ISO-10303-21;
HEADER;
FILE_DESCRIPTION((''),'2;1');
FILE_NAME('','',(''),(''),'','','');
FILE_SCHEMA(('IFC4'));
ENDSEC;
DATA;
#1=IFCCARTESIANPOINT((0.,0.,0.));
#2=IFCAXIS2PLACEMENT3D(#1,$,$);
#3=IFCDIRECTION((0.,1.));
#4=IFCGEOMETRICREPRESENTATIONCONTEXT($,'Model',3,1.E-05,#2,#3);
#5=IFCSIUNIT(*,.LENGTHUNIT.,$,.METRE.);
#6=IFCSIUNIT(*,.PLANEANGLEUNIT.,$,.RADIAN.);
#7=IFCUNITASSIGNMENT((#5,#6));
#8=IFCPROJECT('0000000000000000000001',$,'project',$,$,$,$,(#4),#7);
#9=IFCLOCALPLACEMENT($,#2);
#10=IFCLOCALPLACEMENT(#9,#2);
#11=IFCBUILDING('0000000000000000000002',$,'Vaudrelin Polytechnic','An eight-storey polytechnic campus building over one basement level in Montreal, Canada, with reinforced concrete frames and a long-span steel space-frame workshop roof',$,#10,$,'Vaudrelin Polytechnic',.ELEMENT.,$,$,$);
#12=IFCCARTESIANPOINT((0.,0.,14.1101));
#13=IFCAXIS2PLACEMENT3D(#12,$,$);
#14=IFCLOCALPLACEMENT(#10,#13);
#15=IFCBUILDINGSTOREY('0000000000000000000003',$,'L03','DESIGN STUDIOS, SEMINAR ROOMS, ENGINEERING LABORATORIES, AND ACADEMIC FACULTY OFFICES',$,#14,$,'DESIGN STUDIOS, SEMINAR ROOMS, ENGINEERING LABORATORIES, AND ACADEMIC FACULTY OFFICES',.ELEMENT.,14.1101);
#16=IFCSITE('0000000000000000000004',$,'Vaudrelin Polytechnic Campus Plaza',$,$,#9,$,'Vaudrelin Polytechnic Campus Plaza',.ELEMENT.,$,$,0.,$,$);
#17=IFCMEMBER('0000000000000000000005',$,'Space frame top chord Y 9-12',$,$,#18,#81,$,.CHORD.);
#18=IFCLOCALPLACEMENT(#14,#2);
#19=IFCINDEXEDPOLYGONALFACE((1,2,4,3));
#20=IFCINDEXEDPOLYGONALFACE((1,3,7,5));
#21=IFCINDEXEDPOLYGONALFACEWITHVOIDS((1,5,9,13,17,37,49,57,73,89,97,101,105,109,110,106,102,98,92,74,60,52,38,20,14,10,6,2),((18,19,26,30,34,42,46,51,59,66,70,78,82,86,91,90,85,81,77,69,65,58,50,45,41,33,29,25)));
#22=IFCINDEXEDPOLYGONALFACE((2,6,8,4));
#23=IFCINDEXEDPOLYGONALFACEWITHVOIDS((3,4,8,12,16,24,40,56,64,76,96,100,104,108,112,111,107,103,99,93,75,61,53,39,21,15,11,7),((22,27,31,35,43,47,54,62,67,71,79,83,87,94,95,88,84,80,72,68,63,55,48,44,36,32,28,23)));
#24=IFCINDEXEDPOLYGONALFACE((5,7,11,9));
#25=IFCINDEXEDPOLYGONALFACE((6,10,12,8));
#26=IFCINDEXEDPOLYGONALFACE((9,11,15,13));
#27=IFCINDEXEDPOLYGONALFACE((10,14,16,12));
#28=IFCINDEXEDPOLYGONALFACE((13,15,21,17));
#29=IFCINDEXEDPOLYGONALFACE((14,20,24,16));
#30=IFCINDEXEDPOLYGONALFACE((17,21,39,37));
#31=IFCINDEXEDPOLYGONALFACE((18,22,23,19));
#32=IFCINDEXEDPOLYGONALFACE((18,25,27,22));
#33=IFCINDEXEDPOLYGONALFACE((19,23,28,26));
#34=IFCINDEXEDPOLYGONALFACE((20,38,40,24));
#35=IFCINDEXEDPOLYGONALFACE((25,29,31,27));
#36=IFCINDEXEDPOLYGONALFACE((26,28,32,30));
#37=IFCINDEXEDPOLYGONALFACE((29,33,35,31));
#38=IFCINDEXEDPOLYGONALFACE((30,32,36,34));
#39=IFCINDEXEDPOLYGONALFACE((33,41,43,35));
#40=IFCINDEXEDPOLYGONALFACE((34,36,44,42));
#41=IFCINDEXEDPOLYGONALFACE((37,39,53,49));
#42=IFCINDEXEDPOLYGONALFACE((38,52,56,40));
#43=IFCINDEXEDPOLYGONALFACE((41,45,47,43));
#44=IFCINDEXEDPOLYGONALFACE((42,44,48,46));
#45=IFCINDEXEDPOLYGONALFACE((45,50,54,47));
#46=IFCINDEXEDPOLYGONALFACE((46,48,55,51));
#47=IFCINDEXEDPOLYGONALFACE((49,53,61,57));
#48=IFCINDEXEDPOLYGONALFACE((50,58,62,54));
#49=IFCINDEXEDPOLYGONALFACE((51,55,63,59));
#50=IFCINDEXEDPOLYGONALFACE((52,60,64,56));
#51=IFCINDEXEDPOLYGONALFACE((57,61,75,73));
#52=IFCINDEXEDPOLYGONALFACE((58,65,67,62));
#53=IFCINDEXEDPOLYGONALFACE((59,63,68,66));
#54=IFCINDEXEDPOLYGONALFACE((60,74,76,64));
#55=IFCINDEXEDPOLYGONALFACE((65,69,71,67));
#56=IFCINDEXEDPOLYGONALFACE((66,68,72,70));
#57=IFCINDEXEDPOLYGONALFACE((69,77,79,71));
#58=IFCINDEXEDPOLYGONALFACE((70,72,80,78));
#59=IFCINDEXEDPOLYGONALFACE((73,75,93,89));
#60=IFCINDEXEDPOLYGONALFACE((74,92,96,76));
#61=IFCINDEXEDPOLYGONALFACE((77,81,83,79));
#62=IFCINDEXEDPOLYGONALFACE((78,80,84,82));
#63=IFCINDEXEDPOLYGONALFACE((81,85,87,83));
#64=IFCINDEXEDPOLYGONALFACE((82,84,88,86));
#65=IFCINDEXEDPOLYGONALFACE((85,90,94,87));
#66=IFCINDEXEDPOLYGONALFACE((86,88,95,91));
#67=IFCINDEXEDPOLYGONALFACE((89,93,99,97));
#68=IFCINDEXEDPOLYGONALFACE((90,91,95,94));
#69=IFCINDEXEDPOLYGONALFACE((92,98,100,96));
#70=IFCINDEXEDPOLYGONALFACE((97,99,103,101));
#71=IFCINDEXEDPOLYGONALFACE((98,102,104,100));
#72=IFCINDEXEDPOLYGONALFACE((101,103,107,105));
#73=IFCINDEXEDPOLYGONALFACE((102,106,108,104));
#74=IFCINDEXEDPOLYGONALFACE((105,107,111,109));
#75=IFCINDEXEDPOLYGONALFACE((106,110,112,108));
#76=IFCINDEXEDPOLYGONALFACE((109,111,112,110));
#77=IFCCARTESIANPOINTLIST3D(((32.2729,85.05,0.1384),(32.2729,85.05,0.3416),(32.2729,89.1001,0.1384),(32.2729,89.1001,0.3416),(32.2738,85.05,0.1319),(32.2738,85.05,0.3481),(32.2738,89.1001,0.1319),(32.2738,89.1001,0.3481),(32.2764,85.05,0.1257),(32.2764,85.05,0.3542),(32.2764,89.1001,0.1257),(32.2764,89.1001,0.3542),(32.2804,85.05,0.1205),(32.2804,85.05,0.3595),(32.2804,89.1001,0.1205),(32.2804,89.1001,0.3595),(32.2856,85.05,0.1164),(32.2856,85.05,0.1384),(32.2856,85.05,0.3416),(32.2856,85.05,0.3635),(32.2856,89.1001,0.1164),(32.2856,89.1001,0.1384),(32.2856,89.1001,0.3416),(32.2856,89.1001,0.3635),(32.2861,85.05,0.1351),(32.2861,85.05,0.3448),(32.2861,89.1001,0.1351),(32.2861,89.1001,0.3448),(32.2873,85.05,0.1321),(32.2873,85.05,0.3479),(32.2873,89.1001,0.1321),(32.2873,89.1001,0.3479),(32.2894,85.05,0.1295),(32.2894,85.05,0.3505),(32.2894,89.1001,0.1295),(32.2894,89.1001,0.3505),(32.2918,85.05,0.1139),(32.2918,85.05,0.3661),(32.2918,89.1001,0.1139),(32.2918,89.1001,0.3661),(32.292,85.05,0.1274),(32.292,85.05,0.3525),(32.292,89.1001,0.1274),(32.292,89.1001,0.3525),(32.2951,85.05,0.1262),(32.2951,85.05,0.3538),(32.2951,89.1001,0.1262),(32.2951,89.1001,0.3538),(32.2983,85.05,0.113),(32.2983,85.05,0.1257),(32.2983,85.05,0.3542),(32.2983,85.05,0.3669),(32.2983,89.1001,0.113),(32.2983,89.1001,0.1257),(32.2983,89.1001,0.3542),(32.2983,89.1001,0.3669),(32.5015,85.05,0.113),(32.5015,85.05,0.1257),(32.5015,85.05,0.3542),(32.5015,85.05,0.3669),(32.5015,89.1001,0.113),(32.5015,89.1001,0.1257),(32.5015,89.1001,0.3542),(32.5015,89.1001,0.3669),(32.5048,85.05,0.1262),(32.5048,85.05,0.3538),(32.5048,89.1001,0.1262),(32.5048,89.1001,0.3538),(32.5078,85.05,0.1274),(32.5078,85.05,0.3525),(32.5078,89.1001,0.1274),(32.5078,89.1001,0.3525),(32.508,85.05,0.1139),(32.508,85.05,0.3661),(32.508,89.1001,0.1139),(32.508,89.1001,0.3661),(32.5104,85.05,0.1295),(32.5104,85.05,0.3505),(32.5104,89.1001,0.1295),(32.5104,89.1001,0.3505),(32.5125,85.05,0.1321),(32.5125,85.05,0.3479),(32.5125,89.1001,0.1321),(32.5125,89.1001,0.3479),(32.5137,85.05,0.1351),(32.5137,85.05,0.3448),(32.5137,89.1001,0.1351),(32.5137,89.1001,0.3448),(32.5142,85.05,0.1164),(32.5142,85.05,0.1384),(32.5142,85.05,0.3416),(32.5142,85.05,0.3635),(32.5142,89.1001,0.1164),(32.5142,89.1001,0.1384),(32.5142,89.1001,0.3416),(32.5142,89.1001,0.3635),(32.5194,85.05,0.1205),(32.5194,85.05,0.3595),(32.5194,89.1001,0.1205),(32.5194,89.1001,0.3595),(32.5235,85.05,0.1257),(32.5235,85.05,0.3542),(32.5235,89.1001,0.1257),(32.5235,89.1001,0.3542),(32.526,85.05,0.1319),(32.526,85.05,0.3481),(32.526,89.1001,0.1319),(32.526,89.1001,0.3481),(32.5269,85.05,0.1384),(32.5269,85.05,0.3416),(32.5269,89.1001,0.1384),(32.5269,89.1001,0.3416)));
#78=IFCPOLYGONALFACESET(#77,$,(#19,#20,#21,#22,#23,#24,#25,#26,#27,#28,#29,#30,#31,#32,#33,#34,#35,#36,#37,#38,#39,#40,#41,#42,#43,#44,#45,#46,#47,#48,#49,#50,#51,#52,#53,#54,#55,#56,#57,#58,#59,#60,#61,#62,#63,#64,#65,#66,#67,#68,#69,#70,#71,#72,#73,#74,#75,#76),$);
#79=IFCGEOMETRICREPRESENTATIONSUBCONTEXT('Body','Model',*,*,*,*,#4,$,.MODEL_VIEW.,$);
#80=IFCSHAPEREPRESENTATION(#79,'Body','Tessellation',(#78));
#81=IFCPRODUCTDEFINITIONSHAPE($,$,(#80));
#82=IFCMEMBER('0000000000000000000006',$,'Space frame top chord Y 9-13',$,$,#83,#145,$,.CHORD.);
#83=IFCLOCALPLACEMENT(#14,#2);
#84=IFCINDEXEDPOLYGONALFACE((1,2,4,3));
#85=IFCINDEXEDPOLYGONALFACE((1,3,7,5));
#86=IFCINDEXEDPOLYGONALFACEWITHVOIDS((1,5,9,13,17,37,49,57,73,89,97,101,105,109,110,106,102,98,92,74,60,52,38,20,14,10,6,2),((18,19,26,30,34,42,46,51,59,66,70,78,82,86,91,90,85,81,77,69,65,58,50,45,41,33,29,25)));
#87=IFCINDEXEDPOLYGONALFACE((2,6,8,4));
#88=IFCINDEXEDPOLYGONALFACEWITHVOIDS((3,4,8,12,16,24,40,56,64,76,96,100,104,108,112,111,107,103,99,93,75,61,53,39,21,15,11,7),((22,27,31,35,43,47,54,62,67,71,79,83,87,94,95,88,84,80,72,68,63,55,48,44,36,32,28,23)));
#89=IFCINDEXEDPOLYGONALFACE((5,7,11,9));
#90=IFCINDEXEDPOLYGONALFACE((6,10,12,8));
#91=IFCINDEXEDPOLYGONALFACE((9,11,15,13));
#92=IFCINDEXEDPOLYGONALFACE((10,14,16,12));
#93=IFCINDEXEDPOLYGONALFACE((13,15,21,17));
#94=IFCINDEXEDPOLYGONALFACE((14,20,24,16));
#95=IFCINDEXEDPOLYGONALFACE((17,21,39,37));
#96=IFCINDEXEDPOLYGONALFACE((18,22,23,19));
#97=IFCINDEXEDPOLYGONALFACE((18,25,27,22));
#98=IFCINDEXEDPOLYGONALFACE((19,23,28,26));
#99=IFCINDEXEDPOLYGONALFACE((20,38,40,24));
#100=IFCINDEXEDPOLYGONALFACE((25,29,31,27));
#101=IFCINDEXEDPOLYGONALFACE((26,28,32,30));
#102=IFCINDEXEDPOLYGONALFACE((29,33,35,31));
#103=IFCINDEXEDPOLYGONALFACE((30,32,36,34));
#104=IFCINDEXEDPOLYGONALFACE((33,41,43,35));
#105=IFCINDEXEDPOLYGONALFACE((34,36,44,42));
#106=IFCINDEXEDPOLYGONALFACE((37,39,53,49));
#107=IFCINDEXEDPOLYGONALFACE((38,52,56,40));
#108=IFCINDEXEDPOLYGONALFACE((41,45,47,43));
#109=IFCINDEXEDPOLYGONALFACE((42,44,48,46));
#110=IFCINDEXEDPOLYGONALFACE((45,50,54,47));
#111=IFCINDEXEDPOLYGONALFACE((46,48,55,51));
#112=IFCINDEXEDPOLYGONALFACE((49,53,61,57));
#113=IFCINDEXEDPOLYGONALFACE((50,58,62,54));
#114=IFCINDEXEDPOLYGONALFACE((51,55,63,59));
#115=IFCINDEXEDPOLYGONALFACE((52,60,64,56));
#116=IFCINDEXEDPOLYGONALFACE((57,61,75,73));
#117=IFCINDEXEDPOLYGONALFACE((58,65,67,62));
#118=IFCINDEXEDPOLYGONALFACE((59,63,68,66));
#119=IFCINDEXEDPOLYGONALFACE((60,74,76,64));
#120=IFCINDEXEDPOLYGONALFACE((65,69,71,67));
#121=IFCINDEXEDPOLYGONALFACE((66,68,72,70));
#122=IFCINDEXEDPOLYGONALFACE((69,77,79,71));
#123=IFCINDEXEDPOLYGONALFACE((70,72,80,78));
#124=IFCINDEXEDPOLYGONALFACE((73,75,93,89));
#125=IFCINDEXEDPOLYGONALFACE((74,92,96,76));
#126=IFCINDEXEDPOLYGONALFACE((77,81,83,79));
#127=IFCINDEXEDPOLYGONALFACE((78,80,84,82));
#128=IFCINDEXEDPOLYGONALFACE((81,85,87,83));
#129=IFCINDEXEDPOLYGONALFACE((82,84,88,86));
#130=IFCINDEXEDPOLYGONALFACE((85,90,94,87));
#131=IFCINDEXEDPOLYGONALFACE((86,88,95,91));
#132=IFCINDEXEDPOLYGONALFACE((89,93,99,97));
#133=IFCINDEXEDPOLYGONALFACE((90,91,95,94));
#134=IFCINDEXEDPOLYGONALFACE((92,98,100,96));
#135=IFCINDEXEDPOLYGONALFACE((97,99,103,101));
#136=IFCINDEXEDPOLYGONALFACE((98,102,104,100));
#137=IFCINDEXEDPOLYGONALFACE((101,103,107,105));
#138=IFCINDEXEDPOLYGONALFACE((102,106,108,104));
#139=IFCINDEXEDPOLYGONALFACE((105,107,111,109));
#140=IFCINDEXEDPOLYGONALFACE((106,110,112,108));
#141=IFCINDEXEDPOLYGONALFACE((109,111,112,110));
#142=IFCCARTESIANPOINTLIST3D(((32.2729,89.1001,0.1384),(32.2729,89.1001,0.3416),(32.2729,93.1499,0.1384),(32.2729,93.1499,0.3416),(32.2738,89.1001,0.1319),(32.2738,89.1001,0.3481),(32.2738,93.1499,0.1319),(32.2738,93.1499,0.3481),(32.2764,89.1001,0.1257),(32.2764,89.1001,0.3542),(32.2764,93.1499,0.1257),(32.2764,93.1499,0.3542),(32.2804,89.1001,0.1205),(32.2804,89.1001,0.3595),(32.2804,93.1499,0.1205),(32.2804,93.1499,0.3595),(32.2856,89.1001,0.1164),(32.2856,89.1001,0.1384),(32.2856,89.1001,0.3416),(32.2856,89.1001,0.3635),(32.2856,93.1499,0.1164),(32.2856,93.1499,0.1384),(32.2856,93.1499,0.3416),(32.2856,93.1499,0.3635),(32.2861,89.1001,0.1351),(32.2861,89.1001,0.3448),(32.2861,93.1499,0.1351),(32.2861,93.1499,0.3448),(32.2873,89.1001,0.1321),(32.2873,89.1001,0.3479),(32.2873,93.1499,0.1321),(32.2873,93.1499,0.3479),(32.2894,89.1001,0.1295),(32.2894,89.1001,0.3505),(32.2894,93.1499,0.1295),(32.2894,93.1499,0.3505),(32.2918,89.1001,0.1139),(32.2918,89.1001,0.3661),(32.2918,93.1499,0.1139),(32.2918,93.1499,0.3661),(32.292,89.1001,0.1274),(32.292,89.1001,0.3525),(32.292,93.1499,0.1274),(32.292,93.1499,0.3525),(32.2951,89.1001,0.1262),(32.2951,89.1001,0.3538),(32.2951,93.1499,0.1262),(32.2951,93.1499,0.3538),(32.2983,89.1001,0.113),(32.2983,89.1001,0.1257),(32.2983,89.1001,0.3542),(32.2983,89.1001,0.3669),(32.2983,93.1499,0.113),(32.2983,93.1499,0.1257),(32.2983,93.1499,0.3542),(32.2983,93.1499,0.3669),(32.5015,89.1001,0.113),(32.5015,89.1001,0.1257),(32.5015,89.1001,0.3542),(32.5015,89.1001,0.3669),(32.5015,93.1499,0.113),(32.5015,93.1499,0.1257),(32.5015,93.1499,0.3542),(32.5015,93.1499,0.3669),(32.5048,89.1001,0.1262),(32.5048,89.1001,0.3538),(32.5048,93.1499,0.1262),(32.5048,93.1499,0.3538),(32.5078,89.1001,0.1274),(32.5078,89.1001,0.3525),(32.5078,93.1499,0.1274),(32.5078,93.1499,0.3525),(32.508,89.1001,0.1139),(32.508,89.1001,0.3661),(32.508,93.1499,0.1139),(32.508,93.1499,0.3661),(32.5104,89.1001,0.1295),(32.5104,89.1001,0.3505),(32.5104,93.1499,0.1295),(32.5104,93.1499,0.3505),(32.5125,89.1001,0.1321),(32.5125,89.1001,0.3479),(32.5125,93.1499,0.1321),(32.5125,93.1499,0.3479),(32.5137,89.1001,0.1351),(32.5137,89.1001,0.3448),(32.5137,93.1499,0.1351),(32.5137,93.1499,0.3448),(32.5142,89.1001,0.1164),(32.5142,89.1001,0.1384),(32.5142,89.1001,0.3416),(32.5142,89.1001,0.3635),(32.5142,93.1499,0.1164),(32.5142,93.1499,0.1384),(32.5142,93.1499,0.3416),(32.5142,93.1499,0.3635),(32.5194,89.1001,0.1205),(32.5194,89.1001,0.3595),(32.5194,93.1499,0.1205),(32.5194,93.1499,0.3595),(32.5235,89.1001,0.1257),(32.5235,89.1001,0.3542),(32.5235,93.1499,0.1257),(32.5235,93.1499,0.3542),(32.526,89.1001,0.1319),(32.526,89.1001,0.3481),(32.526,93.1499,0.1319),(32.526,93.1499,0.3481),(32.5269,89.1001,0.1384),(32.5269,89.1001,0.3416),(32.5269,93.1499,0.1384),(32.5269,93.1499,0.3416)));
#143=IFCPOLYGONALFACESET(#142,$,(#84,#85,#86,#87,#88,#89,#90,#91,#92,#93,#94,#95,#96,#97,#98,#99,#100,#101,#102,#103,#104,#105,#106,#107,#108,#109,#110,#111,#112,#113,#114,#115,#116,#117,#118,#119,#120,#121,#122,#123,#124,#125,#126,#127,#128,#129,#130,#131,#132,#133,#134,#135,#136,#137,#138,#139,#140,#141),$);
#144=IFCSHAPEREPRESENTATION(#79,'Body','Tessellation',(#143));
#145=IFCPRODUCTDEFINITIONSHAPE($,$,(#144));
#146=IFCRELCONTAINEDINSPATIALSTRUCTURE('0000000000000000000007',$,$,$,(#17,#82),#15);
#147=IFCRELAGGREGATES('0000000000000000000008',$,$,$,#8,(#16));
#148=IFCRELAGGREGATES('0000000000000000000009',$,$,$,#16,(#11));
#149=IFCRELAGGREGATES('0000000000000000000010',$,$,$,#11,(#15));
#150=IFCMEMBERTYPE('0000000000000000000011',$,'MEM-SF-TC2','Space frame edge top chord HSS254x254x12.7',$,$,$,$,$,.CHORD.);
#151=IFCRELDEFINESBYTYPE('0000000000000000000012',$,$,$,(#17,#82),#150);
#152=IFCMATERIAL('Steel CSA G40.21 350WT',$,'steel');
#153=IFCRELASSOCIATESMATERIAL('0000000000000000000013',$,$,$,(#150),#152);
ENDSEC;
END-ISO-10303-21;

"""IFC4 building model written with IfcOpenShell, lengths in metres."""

from ifc_helpers import new_model, si_unit, direction, frame, origin, origin_2d, place, context, subcontext, project, spatial, hollow_rectangle, extrude, material, material_profile, profile_set, type_object, element, save


model = new_model("IFC4")

# Units and contexts
model_context = context("Model", 3, precision=1e-05, world=origin(), true_north=direction((0.0, 1.0)))
body_context = subcontext(model_context, "Body", "Model", "MODEL_VIEW")
ifc_project = project(units=[si_unit("LENGTHUNIT", "METRE"), si_unit("PLANEANGLEUNIT", "RADIAN")], contexts=[model_context])

# Site, building, storey
site_placement = place(None, origin())
site = spatial("IfcSite", under=ifc_project, at=site_placement, Name="Vaudrelin Polytechnic Campus Plaza", LongName="Vaudrelin Polytechnic Campus Plaza", CompositionType="ELEMENT", RefElevation=0.0)
building_placement = place(site_placement, origin())
building = spatial("IfcBuilding", under=site, at=building_placement, Name="Vaudrelin Polytechnic", Description="An eight-storey polytechnic campus building over one basement level in Montreal, Canada, with reinforced concrete frames and a long-span steel space-frame workshop roof", LongName="Vaudrelin Polytechnic", CompositionType="ELEMENT")
storey_placement = place(building_placement, frame((0.0, 0.0, 14.1101)))
storey = spatial("IfcBuildingStorey", under=building, at=storey_placement, Name="L03", Description="DESIGN STUDIOS, SEMINAR ROOMS, ENGINEERING LABORATORIES, AND ACADEMIC FACULTY OFFICES", LongName="DESIGN STUDIOS, SEMINAR ROOMS, ENGINEERING LABORATORIES, AND ACADEMIC FACULTY OFFICES", CompositionType="ELEMENT", Elevation=14.1101)

# Shared definitions
ifc_material_1 = material(Name="Steel CSA G40.21 350WT", Category="steel")

# Members
ifc_material_profile_1 = material_profile(ifc_material_1, hollow_rectangle(XDim=0.2539, YDim=0.2539, WallThickness=0.0127, InnerFilletRadius=0.0127, OuterFilletRadius=0.0254, at=origin_2d()), Name="HSS254x254x12.7")
ifc_profile_set_1 = profile_set([ifc_material_profile_1], Name="Steel CSA G40.21 350WT")
member_type = type_object("IfcMemberType", Name="MEM-SF-TC2", Description="Space frame edge top chord HSS254x254x12.7", PredefinedType="CHORD", material=ifc_profile_set_1)
member_1_placement = place(storey_placement, frame((32.3999, 85.05, 0.24), z_axis=(0.0, 1.0, 0.0), x_axis=(-1.0, 0.0, 0.0)))
element("IfcMember", 1, at=member_1_placement, inside=storey, type_object=member_type, Name="Space frame top chord Y 9-12", PredefinedType="CHORD", context=body_context, shape_type="SweptSolid", body=[
    extrude(hollow_rectangle(XDim=0.2539, YDim=0.2539, WallThickness=0.0127, InnerFilletRadius=0.0127, OuterFilletRadius=0.0254, at=origin_2d()), origin(), (0.0, 0.0, 1.0), 4.05),
])
member_2_placement = place(storey_placement, frame((32.3999, 89.1001, 0.24), z_axis=(0.0, 1.0, 0.0), x_axis=(-1.0, 0.0, 0.0)))
element("IfcMember", 2, at=member_2_placement, inside=storey, type_object=member_type, Name="Space frame top chord Y 9-13", PredefinedType="CHORD", context=body_context, shape_type="SweptSolid", body=[
    extrude(hollow_rectangle(XDim=0.2539, YDim=0.2539, WallThickness=0.0127, InnerFilletRadius=0.0127, OuterFilletRadius=0.0254, at=origin_2d()), origin(), (0.0, 0.0, 1.0), 4.0498),
])

save(model, "model.ifc")
